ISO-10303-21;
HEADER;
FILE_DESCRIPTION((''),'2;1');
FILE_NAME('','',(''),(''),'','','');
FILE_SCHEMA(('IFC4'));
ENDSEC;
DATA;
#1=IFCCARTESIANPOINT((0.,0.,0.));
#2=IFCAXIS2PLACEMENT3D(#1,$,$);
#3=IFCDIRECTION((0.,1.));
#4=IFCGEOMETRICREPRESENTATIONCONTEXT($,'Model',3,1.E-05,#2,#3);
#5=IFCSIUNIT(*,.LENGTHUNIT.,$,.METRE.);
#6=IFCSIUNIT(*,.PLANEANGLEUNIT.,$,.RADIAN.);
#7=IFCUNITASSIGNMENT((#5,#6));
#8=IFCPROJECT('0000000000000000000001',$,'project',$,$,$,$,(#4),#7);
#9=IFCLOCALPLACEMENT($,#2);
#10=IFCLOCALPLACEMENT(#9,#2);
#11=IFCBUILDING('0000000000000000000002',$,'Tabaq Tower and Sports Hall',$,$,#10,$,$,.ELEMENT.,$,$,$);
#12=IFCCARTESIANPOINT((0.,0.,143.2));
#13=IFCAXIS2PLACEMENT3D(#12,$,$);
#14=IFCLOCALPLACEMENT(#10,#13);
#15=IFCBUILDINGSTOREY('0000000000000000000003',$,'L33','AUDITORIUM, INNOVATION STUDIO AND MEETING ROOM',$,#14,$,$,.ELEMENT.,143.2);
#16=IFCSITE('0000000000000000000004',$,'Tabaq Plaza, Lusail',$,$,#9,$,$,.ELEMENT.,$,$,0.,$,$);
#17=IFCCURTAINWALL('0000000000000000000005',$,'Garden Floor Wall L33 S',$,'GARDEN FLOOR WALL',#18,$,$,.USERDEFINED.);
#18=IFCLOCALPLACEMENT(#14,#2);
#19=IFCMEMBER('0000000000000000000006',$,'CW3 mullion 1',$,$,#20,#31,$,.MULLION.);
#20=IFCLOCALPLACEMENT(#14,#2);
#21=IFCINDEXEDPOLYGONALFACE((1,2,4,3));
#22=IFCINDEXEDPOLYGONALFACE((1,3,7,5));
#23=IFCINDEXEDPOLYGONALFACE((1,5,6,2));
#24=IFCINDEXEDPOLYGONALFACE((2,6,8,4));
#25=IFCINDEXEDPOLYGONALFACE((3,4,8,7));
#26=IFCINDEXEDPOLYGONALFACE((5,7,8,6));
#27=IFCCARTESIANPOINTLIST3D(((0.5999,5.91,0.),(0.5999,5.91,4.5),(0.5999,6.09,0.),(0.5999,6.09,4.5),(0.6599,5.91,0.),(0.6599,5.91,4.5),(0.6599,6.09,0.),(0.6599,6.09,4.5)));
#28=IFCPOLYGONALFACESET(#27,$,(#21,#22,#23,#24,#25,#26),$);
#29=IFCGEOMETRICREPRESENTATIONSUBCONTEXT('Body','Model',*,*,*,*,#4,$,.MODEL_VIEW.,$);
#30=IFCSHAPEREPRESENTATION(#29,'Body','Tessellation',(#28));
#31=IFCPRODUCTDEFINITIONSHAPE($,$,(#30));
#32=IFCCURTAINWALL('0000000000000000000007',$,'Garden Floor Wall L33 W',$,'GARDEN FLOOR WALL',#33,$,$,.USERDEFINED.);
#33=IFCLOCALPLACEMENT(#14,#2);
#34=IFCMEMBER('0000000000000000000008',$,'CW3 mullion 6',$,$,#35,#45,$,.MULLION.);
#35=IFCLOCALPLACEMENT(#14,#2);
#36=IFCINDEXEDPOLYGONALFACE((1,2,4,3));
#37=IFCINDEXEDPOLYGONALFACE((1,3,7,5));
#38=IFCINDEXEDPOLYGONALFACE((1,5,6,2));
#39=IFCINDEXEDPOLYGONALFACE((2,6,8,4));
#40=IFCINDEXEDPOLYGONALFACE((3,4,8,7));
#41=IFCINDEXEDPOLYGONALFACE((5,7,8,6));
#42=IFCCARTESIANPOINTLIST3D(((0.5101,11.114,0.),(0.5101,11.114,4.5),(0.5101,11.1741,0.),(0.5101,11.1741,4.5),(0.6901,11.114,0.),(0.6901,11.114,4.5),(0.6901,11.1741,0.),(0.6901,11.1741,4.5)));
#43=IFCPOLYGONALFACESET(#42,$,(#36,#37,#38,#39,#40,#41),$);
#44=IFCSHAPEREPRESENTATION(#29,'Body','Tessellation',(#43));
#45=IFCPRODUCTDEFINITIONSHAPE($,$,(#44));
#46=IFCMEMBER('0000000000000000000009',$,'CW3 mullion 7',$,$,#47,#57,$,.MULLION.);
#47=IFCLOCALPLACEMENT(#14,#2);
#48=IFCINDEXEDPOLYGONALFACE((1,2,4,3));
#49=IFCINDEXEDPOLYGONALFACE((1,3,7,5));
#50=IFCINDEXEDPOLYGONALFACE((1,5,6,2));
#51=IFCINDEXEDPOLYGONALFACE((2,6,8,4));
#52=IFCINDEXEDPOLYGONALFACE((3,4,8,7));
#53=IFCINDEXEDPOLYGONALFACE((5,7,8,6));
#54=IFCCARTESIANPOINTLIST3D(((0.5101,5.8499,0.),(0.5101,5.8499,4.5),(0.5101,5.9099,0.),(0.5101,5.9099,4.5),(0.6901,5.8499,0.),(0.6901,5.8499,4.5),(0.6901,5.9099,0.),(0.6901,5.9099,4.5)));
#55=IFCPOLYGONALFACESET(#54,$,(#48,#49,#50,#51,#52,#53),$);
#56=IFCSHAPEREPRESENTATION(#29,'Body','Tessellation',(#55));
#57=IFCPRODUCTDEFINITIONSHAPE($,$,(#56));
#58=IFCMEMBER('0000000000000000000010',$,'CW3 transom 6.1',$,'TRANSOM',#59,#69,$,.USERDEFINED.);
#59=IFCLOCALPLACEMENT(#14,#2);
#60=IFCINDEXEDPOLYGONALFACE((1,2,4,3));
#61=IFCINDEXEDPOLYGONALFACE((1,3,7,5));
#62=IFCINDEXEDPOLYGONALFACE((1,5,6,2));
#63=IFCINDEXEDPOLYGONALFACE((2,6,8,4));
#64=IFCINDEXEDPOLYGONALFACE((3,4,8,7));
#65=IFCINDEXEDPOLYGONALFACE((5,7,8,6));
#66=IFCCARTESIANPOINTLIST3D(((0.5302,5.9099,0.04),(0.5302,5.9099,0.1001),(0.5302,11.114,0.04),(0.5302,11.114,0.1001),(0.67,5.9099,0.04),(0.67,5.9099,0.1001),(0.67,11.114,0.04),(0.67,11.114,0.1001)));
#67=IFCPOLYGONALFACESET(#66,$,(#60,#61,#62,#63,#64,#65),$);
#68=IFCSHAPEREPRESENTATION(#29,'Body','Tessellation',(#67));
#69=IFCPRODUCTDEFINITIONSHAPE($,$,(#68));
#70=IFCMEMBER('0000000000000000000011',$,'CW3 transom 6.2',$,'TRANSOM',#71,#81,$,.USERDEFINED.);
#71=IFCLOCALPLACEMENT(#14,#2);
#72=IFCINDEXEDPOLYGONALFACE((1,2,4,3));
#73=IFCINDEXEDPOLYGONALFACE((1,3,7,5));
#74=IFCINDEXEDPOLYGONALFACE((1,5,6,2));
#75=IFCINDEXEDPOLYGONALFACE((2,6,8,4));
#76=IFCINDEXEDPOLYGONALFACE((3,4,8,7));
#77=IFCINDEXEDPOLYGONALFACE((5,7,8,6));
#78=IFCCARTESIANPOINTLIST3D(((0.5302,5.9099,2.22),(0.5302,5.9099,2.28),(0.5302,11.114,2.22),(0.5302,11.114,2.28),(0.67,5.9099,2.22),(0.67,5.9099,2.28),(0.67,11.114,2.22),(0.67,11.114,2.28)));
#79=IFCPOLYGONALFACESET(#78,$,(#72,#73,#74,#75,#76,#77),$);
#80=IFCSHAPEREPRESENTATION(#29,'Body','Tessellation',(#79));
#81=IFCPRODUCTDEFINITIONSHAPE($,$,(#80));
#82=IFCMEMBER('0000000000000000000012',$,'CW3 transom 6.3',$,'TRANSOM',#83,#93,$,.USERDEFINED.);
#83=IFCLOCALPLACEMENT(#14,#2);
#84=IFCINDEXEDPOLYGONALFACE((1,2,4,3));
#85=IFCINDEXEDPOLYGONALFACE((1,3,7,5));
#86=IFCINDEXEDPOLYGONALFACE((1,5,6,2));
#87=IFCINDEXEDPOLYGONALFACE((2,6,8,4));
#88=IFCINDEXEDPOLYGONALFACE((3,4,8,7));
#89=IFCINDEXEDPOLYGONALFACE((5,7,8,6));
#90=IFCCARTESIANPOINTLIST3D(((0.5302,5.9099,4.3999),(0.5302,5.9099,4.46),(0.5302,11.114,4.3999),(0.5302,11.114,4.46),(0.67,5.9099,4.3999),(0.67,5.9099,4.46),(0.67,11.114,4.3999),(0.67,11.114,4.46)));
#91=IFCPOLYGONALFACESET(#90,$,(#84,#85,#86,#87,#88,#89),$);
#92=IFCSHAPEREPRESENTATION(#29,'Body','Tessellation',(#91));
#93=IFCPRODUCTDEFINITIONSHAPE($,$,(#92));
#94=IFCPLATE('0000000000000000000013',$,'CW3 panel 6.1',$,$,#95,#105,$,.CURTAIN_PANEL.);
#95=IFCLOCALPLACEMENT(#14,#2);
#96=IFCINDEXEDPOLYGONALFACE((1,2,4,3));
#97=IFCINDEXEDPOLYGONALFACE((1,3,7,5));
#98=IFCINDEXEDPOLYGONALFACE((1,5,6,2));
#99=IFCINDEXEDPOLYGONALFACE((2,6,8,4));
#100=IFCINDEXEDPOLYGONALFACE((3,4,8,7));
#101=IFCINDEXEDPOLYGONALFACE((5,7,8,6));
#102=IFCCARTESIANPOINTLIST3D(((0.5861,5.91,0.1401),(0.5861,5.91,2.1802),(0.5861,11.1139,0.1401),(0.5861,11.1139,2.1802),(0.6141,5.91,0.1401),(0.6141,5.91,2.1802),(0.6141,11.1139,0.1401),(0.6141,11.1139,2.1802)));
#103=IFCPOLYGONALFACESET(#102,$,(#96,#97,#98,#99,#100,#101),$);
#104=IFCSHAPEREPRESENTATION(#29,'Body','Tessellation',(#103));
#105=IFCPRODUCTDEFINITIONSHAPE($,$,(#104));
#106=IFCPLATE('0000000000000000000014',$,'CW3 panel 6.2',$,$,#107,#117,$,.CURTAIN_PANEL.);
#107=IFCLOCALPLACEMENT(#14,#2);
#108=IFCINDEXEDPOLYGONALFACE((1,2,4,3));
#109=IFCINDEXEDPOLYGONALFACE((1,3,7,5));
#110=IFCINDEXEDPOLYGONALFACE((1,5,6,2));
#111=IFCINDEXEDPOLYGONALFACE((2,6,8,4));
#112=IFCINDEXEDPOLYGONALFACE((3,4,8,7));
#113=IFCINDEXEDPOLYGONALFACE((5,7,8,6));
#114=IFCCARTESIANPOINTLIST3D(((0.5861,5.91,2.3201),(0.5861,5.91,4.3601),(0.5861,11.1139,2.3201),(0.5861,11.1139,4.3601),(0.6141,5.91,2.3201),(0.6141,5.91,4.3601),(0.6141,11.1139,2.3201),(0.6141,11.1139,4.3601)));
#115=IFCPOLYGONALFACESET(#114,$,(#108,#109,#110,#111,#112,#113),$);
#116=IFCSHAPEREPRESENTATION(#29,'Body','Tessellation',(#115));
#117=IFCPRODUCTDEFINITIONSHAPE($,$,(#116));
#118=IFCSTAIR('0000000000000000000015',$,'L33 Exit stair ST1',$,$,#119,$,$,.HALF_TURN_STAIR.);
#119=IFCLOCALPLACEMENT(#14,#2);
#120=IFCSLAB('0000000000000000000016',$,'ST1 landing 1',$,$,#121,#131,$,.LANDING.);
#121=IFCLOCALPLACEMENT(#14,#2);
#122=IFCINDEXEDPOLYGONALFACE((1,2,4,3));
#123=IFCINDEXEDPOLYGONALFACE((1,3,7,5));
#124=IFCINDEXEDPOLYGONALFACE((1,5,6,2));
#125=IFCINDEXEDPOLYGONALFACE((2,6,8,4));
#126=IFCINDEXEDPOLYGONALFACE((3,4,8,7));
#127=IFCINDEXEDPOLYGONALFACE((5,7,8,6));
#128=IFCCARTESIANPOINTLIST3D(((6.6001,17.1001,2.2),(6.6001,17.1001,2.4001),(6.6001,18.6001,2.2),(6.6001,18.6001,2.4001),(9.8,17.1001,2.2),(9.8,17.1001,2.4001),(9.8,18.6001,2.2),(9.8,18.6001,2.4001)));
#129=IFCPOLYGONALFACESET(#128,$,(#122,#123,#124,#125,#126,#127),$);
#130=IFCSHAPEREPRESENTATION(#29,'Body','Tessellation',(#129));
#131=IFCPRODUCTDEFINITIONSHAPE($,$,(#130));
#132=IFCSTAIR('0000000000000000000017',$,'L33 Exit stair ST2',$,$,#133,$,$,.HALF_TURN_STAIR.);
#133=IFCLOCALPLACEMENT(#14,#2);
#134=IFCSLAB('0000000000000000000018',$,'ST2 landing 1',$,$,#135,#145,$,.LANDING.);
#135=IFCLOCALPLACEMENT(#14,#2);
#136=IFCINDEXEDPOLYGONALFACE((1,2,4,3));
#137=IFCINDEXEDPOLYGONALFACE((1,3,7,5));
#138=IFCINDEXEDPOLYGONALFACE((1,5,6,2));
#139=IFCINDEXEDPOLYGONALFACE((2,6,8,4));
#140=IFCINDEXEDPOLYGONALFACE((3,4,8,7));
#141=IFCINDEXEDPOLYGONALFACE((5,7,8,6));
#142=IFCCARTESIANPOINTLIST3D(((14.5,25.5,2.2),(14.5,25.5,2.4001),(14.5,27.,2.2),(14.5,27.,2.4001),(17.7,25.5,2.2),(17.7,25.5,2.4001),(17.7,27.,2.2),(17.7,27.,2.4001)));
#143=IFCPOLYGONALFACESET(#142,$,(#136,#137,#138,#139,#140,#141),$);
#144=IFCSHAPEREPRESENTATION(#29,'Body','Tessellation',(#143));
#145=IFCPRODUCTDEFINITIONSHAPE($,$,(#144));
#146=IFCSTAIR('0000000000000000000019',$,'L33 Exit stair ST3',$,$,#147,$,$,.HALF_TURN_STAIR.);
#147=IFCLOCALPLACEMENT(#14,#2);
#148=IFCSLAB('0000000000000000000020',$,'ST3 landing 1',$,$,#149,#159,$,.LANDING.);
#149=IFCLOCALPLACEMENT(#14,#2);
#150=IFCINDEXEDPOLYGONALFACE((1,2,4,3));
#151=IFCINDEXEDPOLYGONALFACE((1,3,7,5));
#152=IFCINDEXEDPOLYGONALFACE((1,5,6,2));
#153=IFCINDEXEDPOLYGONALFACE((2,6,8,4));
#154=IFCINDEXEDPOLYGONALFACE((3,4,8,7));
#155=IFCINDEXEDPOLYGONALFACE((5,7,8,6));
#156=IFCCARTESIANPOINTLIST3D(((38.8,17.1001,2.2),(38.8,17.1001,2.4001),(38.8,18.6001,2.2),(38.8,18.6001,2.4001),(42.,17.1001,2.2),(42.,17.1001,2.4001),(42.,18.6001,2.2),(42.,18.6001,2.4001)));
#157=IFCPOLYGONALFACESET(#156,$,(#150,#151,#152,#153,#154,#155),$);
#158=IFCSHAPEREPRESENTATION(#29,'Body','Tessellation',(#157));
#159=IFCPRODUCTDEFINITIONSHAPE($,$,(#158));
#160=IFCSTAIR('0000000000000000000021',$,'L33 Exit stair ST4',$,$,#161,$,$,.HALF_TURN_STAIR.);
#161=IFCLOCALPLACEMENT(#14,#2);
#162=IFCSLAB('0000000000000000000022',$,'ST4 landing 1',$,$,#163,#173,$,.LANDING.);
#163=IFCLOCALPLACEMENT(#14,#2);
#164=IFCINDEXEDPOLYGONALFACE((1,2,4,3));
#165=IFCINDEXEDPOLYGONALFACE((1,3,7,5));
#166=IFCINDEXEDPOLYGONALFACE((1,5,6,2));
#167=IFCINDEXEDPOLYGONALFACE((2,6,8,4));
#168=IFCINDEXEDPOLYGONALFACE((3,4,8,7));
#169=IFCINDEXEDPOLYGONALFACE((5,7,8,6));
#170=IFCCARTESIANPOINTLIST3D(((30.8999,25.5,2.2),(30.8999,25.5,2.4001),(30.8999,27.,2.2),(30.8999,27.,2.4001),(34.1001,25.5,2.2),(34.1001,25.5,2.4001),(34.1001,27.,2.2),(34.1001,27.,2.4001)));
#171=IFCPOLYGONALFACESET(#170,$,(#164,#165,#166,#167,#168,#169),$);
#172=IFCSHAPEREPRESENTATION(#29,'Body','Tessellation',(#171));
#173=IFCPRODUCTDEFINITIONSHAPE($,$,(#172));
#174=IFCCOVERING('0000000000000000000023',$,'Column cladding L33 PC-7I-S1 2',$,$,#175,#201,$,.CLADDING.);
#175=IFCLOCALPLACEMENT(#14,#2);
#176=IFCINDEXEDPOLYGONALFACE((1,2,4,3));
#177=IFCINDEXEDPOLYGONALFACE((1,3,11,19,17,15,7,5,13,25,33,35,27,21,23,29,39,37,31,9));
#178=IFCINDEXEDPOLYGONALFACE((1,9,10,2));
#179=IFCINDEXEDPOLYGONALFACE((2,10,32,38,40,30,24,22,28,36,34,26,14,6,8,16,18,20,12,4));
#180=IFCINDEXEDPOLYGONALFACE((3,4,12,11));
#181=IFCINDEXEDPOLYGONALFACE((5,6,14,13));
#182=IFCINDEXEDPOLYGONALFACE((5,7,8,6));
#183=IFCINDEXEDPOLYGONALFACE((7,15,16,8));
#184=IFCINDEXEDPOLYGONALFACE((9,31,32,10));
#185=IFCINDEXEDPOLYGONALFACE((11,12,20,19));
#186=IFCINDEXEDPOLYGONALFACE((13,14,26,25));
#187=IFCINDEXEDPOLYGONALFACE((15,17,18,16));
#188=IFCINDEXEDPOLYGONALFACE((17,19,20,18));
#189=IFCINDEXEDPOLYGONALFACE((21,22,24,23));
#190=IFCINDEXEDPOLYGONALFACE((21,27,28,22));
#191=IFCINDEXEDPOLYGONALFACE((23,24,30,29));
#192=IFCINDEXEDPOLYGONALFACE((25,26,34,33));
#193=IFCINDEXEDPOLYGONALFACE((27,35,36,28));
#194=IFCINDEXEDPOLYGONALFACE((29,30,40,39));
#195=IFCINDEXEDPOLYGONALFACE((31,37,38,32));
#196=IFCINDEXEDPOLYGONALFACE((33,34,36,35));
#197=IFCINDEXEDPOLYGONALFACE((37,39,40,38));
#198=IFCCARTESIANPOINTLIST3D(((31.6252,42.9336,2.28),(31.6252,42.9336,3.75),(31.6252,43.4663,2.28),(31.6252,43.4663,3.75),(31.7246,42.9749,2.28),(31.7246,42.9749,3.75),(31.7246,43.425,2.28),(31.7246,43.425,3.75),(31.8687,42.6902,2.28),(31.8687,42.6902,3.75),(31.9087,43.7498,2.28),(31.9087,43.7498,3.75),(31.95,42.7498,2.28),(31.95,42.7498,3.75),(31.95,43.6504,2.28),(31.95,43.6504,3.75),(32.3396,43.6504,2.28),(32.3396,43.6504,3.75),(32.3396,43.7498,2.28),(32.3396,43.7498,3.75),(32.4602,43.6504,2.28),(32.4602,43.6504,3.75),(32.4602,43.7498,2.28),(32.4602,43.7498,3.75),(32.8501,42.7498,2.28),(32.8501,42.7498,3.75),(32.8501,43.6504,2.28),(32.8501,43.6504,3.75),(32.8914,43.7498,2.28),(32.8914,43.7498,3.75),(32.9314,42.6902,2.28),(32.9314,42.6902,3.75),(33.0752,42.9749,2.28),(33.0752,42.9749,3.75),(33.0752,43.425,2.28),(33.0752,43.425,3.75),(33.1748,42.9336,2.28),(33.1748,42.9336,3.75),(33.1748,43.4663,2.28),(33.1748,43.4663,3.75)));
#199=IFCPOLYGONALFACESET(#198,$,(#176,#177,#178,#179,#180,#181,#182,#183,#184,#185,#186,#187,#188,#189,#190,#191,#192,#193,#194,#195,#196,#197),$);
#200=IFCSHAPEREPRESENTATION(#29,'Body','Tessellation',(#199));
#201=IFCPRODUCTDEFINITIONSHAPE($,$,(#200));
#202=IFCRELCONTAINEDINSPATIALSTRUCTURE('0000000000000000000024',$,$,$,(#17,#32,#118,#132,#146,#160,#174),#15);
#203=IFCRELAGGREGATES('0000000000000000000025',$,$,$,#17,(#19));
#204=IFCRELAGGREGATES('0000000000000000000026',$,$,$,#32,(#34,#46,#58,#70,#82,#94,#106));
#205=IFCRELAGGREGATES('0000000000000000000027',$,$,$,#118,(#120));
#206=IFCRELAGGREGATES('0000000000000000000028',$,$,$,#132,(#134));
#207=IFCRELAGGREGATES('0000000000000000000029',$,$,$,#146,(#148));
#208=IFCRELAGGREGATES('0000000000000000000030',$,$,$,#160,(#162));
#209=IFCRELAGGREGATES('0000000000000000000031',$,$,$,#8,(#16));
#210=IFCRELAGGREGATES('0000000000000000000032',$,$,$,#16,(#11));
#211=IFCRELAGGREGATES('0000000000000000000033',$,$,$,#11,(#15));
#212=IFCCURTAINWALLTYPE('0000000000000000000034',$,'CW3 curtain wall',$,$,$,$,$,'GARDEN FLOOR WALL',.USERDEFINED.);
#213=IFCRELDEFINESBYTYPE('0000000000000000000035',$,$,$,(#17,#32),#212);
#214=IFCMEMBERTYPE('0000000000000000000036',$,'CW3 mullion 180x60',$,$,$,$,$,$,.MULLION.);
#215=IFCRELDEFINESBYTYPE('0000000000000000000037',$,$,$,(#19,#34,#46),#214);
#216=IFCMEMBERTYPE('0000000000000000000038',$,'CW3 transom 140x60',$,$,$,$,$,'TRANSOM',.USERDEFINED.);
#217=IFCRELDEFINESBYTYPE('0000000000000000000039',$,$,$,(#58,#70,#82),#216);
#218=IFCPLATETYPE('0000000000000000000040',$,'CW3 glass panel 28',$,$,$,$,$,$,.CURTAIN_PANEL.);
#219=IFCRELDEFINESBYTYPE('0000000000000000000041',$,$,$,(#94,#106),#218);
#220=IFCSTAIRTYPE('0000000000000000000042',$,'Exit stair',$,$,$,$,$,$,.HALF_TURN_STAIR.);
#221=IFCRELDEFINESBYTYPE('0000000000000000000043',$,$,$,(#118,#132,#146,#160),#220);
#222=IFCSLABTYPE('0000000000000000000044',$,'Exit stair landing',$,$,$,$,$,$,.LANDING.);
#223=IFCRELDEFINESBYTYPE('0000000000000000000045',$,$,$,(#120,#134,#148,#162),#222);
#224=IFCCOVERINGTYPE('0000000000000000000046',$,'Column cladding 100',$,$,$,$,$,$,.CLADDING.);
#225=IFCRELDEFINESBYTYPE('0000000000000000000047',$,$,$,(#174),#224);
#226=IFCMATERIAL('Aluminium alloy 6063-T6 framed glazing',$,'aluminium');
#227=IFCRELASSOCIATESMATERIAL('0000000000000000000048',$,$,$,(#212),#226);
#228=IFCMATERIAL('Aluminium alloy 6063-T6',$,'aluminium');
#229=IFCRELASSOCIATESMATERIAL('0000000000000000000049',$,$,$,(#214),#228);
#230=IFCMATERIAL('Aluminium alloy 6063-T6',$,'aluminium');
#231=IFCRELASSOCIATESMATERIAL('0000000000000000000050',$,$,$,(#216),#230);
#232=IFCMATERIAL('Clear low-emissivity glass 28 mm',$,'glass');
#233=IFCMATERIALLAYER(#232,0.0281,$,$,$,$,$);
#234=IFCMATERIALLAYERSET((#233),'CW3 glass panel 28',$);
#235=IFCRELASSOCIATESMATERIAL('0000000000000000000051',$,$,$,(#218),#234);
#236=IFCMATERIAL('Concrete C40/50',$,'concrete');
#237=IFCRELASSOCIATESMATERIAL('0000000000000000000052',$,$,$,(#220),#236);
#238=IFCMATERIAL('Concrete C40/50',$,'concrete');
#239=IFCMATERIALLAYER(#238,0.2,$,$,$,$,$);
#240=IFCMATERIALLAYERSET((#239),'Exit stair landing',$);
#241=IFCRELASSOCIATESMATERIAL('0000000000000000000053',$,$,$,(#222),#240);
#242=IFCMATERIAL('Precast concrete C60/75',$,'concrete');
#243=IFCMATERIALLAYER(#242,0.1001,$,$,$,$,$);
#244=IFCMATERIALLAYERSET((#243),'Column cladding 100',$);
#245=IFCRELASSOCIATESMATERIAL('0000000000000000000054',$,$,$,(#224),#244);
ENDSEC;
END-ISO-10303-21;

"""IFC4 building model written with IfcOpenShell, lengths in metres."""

from ifc_helpers import new_model, si_unit, direction, frame, origin, origin_2d, place, context, subcontext, project, spatial, polyline, rectangle, outline, extrude, material, layer, layer_set, material_profile, profile_set, type_object, element, aggregate, save


model = new_model("IFC4")

# Units and contexts
model_context = context("Model", 3, precision=1e-05, world=origin(), true_north=direction((0.0, 1.0)))
body_context = subcontext(model_context, "Body", "Model", "MODEL_VIEW")
ifc_project = project(units=[si_unit("LENGTHUNIT", "METRE"), si_unit("PLANEANGLEUNIT", "RADIAN")], contexts=[model_context])

# Site, building, storey
site_placement = place(None, origin())
site = spatial("IfcSite", under=ifc_project, at=site_placement, Name="Tabaq Plaza, Lusail", CompositionType="ELEMENT", RefElevation=0.0)
building_placement = place(site_placement, origin())
building = spatial("IfcBuilding", under=site, at=building_placement, Name="Tabaq Tower and Sports Hall", CompositionType="ELEMENT")
storey_placement = place(building_placement, frame((0.0, 0.0, 143.2)))
storey = spatial("IfcBuildingStorey", under=building, at=storey_placement, Name="L33", Description="AUDITORIUM, INNOVATION STUDIO AND MEETING ROOM", CompositionType="ELEMENT", Elevation=143.2)

# Curtain wall, member
ifc_material_1 = material(Name="Aluminium alloy 6063-T6 framed glazing", Category="aluminium")
curtain_wall_type = type_object("IfcCurtainWallType", Name="CW3 curtain wall", ElementType="GARDEN FLOOR WALL", PredefinedType="USERDEFINED", material=ifc_material_1)
curtain_wall_1_placement = place(storey_placement, origin())
curtain_wall_1 = element("IfcCurtainWall", 1, at=curtain_wall_1_placement, inside=storey, type_object=curtain_wall_type, Name="Garden Floor Wall L33 S", ObjectType="GARDEN FLOOR WALL", PredefinedType="USERDEFINED")
ifc_material_2 = material(Name="Aluminium alloy 6063-T6", Category="aluminium")
ifc_material_profile_1 = material_profile(ifc_material_2, rectangle(XDim=0.1799, YDim=0.0601, at=origin_2d()), Name="MULLION 180x60")
ifc_profile_set_1 = profile_set([ifc_material_profile_1], Name="Aluminium alloy 6063-T6")
member_type_1 = type_object("IfcMemberType", Name="CW3 mullion 180x60", PredefinedType="MULLION", material=ifc_profile_set_1)
member_1_placement = place(storey_placement, frame((0.6299, 6.0, 0.0), z_axis=(0.0, 0.0, 1.0), x_axis=(0.0, 1.0, 0.0)))
member_1 = element("IfcMember", 2, at=member_1_placement, type_object=member_type_1, Name="CW3 mullion 1", PredefinedType="MULLION", context=body_context, shape_type="SweptSolid", body=[
    extrude(rectangle(XDim=0.1799, YDim=0.0601, at=origin_2d()), origin(), (0.0, 0.0, 1.0), 4.5),
])
aggregate(curtain_wall_1, [member_1])

# Curtain wall, members, plates
curtain_wall_2_placement = place(storey_placement, origin())
curtain_wall_2 = element("IfcCurtainWall", 3, at=curtain_wall_2_placement, inside=storey, type_object=curtain_wall_type, Name="Garden Floor Wall L33 W", ObjectType="GARDEN FLOOR WALL", PredefinedType="USERDEFINED")
member_2_placement = place(storey_placement, frame((0.6001, 11.144, 0.0), z_axis=(0.0, 0.0, 1.0), x_axis=(1.0, 0.0, 0.0)))
member_2 = element("IfcMember", 4, at=member_2_placement, type_object=member_type_1, Name="CW3 mullion 6", PredefinedType="MULLION", context=body_context, shape_type="SweptSolid", body=[
    extrude(rectangle(XDim=0.1799, YDim=0.0601, at=origin_2d()), origin(), (0.0, 0.0, 1.0), 4.5),
])
member_3_placement = place(storey_placement, frame((0.6001, 5.8799, 0.0), z_axis=(0.0, 0.0, 1.0), x_axis=(1.0, 0.0, 0.0)))
member_3 = element("IfcMember", 5, at=member_3_placement, type_object=member_type_1, Name="CW3 mullion 7", PredefinedType="MULLION", context=body_context, shape_type="SweptSolid", body=[
    extrude(rectangle(XDim=0.1799, YDim=0.0601, at=origin_2d()), origin(), (0.0, 0.0, 1.0), 4.5),
])
ifc_material_3 = material(Name="Aluminium alloy 6063-T6", Category="aluminium")
ifc_material_profile_2 = material_profile(ifc_material_3, rectangle(XDim=0.1399, YDim=0.0601, at=origin_2d()), Name="TRANSOM 140x60")
ifc_profile_set_2 = profile_set([ifc_material_profile_2], Name="Aluminium alloy 6063-T6")
member_type_2 = type_object("IfcMemberType", Name="CW3 transom 140x60", ElementType="TRANSOM", PredefinedType="USERDEFINED", material=ifc_profile_set_2)
member_4_placement = place(storey_placement, frame((0.6001, 11.114, 0.0701), z_axis=(0.0, -1.0, 0.0), x_axis=(1.0, 0.0, 0.0)))
member_4 = element("IfcMember", 6, at=member_4_placement, type_object=member_type_2, Name="CW3 transom 6.1", ObjectType="TRANSOM", PredefinedType="USERDEFINED", context=body_context, shape_type="SweptSolid", body=[
    extrude(rectangle(XDim=0.1399, YDim=0.0601, at=origin_2d()), origin(), (0.0, 0.0, 1.0), 5.2041),
])
member_5_placement = place(storey_placement, frame((0.6001, 11.114, 2.25), z_axis=(0.0, -1.0, 0.0), x_axis=(1.0, 0.0, 0.0)))
member_5 = element("IfcMember", 7, at=member_5_placement, type_object=member_type_2, Name="CW3 transom 6.2", ObjectType="TRANSOM", PredefinedType="USERDEFINED", context=body_context, shape_type="SweptSolid", body=[
    extrude(rectangle(XDim=0.1399, YDim=0.0601, at=origin_2d()), origin(), (0.0, 0.0, 1.0), 5.2041),
])
member_6_placement = place(storey_placement, frame((0.6001, 11.114, 4.4299), z_axis=(0.0, -1.0, 0.0), x_axis=(1.0, 0.0, 0.0)))
member_6 = element("IfcMember", 8, at=member_6_placement, type_object=member_type_2, Name="CW3 transom 6.3", ObjectType="TRANSOM", PredefinedType="USERDEFINED", context=body_context, shape_type="SweptSolid", body=[
    extrude(rectangle(XDim=0.1399, YDim=0.0601, at=origin_2d()), origin(), (0.0, 0.0, 1.0), 5.2041),
])
ifc_material_4 = material(Name="Clear low-emissivity glass 28 mm", Category="glass")
ifc_layer_1 = layer(ifc_material_4, 0.0281)
ifc_layer_set_1 = layer_set([ifc_layer_1], Name="CW3 glass panel 28")
plate_type = type_object("IfcPlateType", Name="CW3 glass panel 28", PredefinedType="CURTAIN_PANEL", material=ifc_layer_set_1)
plate_1_placement = place(storey_placement, frame((0.6001, 8.512, 0.1401), z_axis=(0.0, 0.0, 1.0), x_axis=(0.0, -1.0, 0.0)))
plate_1 = element("IfcPlate", 9, at=plate_1_placement, type_object=plate_type, Name="CW3 panel 6.1", PredefinedType="CURTAIN_PANEL", context=body_context, shape_type="SweptSolid", body=[
    extrude(rectangle(XDim=5.2039, YDim=0.0281, at=origin_2d()), origin(), (0.0, 0.0, 1.0), 2.04),
])
plate_2_placement = place(storey_placement, frame((0.6001, 8.512, 2.3201), z_axis=(0.0, 0.0, 1.0), x_axis=(0.0, -1.0, 0.0)))
plate_2 = element("IfcPlate", 10, at=plate_2_placement, type_object=plate_type, Name="CW3 panel 6.2", PredefinedType="CURTAIN_PANEL", context=body_context, shape_type="SweptSolid", body=[
    extrude(rectangle(XDim=5.2039, YDim=0.0281, at=origin_2d()), origin(), (0.0, 0.0, 1.0), 2.04),
])
aggregate(curtain_wall_2, [member_2, member_3, member_4, member_5, member_6, plate_1, plate_2])

# Stairs, slabs
ifc_material_5 = material(Name="Concrete C40/50", Category="concrete")
stair_type = type_object("IfcStairType", Name="Exit stair", PredefinedType="HALF_TURN_STAIR", material=ifc_material_5)
stair_1_placement = place(storey_placement, origin())
stair_1 = element("IfcStair", 11, at=stair_1_placement, inside=storey, type_object=stair_type, Name="L33 Exit stair ST1", PredefinedType="HALF_TURN_STAIR")
ifc_material_6 = material(Name="Concrete C40/50", Category="concrete")
ifc_layer_2 = layer(ifc_material_6, 0.2)
ifc_layer_set_2 = layer_set([ifc_layer_2], Name="Exit stair landing")
slab_type = type_object("IfcSlabType", Name="Exit stair landing", PredefinedType="LANDING", material=ifc_layer_set_2)
slab_1_placement = place(storey_placement, frame((0.0, 0.0, 2.2)))
slab_1 = element("IfcSlab", 12, at=slab_1_placement, type_object=slab_type, Name="ST1 landing 1", PredefinedType="LANDING", context=body_context, shape_type="SweptSolid", body=[
    extrude(outline(polyline([(6.6001, 18.6001), (6.6001, 17.1001), (9.8, 17.1001), (9.8, 18.6001), (6.6001, 18.6001)])), origin(), (0.0, 0.0, 1.0), 0.2002),
])
aggregate(stair_1, [slab_1])
stair_2_placement = place(storey_placement, origin())
stair_2 = element("IfcStair", 13, at=stair_2_placement, inside=storey, type_object=stair_type, Name="L33 Exit stair ST2", PredefinedType="HALF_TURN_STAIR")
slab_2_placement = place(storey_placement, frame((0.0, 0.0, 2.2)))
slab_2 = element("IfcSlab", 14, at=slab_2_placement, type_object=slab_type, Name="ST2 landing 1", PredefinedType="LANDING", context=body_context, shape_type="SweptSolid", body=[
    extrude(outline(polyline([(14.5, 27.0), (14.5, 25.5), (17.7, 25.5), (17.7, 27.0), (14.5, 27.0)])), origin(), (0.0, 0.0, 1.0), 0.2002),
])
aggregate(stair_2, [slab_2])
stair_3_placement = place(storey_placement, origin())
stair_3 = element("IfcStair", 15, at=stair_3_placement, inside=storey, type_object=stair_type, Name="L33 Exit stair ST3", PredefinedType="HALF_TURN_STAIR")
slab_3_placement = place(storey_placement, frame((0.0, 0.0, 2.2)))
slab_3 = element("IfcSlab", 16, at=slab_3_placement, type_object=slab_type, Name="ST3 landing 1", PredefinedType="LANDING", context=body_context, shape_type="SweptSolid", body=[
    extrude(outline(polyline([(38.8, 18.6001), (38.8, 17.1001), (42.0, 17.1001), (42.0, 18.6001), (38.8, 18.6001)])), origin(), (0.0, 0.0, 1.0), 0.2002),
])
aggregate(stair_3, [slab_3])
stair_4_placement = place(storey_placement, origin())
stair_4 = element("IfcStair", 17, at=stair_4_placement, inside=storey, type_object=stair_type, Name="L33 Exit stair ST4", PredefinedType="HALF_TURN_STAIR")
slab_4_placement = place(storey_placement, frame((0.0, 0.0, 2.2)))
slab_4 = element("IfcSlab", 18, at=slab_4_placement, type_object=slab_type, Name="ST4 landing 1", PredefinedType="LANDING", context=body_context, shape_type="SweptSolid", body=[
    extrude(outline(polyline([(30.8999, 27.0), (30.8999, 25.5), (34.1001, 25.5), (34.1001, 27.0), (30.8999, 27.0)])), origin(), (0.0, 0.0, 1.0), 0.2002),
])
aggregate(stair_4, [slab_4])

# Covering
ifc_material_7 = material(Name="Precast concrete C60/75", Category="concrete")
ifc_layer_3 = layer(ifc_material_7, 0.1001)
ifc_layer_set_3 = layer_set([ifc_layer_3], Name="Column cladding 100")
covering_type = type_object("IfcCoveringType", Name="Column cladding 100", PredefinedType="CLADDING", material=ifc_layer_set_3)
covering_1_placement = place(storey_placement, frame((0.0, 0.0, 2.28)))
element("IfcCovering", 19, at=covering_1_placement, inside=storey, type_object=covering_type, Name="Column cladding L33 PC-7I-S1 2", PredefinedType="CLADDING", context=body_context, shape_type="SweptSolid", body=[
    extrude(outline(polyline([(31.6252, 43.4663), (31.9087, 43.7498), (32.3396, 43.7498), (32.3396, 43.6504), (31.95, 43.6504), (31.7246, 43.425), (31.7246, 42.9749), (31.95, 42.7498), (32.8501, 42.7498), (33.0752, 42.9749), (33.0752, 43.425), (32.8501, 43.6504), (32.4602, 43.6504), (32.4602, 43.7498), (32.8914, 43.7498), (33.1748, 43.4663), (33.1748, 42.9336), (32.9314, 42.6902), (31.8687, 42.6902), (31.6252, 42.9336), (31.6252, 43.4663)])), origin(), (0.0, 0.0, 1.0), 1.47),
])

save(model, "model.ifc")
